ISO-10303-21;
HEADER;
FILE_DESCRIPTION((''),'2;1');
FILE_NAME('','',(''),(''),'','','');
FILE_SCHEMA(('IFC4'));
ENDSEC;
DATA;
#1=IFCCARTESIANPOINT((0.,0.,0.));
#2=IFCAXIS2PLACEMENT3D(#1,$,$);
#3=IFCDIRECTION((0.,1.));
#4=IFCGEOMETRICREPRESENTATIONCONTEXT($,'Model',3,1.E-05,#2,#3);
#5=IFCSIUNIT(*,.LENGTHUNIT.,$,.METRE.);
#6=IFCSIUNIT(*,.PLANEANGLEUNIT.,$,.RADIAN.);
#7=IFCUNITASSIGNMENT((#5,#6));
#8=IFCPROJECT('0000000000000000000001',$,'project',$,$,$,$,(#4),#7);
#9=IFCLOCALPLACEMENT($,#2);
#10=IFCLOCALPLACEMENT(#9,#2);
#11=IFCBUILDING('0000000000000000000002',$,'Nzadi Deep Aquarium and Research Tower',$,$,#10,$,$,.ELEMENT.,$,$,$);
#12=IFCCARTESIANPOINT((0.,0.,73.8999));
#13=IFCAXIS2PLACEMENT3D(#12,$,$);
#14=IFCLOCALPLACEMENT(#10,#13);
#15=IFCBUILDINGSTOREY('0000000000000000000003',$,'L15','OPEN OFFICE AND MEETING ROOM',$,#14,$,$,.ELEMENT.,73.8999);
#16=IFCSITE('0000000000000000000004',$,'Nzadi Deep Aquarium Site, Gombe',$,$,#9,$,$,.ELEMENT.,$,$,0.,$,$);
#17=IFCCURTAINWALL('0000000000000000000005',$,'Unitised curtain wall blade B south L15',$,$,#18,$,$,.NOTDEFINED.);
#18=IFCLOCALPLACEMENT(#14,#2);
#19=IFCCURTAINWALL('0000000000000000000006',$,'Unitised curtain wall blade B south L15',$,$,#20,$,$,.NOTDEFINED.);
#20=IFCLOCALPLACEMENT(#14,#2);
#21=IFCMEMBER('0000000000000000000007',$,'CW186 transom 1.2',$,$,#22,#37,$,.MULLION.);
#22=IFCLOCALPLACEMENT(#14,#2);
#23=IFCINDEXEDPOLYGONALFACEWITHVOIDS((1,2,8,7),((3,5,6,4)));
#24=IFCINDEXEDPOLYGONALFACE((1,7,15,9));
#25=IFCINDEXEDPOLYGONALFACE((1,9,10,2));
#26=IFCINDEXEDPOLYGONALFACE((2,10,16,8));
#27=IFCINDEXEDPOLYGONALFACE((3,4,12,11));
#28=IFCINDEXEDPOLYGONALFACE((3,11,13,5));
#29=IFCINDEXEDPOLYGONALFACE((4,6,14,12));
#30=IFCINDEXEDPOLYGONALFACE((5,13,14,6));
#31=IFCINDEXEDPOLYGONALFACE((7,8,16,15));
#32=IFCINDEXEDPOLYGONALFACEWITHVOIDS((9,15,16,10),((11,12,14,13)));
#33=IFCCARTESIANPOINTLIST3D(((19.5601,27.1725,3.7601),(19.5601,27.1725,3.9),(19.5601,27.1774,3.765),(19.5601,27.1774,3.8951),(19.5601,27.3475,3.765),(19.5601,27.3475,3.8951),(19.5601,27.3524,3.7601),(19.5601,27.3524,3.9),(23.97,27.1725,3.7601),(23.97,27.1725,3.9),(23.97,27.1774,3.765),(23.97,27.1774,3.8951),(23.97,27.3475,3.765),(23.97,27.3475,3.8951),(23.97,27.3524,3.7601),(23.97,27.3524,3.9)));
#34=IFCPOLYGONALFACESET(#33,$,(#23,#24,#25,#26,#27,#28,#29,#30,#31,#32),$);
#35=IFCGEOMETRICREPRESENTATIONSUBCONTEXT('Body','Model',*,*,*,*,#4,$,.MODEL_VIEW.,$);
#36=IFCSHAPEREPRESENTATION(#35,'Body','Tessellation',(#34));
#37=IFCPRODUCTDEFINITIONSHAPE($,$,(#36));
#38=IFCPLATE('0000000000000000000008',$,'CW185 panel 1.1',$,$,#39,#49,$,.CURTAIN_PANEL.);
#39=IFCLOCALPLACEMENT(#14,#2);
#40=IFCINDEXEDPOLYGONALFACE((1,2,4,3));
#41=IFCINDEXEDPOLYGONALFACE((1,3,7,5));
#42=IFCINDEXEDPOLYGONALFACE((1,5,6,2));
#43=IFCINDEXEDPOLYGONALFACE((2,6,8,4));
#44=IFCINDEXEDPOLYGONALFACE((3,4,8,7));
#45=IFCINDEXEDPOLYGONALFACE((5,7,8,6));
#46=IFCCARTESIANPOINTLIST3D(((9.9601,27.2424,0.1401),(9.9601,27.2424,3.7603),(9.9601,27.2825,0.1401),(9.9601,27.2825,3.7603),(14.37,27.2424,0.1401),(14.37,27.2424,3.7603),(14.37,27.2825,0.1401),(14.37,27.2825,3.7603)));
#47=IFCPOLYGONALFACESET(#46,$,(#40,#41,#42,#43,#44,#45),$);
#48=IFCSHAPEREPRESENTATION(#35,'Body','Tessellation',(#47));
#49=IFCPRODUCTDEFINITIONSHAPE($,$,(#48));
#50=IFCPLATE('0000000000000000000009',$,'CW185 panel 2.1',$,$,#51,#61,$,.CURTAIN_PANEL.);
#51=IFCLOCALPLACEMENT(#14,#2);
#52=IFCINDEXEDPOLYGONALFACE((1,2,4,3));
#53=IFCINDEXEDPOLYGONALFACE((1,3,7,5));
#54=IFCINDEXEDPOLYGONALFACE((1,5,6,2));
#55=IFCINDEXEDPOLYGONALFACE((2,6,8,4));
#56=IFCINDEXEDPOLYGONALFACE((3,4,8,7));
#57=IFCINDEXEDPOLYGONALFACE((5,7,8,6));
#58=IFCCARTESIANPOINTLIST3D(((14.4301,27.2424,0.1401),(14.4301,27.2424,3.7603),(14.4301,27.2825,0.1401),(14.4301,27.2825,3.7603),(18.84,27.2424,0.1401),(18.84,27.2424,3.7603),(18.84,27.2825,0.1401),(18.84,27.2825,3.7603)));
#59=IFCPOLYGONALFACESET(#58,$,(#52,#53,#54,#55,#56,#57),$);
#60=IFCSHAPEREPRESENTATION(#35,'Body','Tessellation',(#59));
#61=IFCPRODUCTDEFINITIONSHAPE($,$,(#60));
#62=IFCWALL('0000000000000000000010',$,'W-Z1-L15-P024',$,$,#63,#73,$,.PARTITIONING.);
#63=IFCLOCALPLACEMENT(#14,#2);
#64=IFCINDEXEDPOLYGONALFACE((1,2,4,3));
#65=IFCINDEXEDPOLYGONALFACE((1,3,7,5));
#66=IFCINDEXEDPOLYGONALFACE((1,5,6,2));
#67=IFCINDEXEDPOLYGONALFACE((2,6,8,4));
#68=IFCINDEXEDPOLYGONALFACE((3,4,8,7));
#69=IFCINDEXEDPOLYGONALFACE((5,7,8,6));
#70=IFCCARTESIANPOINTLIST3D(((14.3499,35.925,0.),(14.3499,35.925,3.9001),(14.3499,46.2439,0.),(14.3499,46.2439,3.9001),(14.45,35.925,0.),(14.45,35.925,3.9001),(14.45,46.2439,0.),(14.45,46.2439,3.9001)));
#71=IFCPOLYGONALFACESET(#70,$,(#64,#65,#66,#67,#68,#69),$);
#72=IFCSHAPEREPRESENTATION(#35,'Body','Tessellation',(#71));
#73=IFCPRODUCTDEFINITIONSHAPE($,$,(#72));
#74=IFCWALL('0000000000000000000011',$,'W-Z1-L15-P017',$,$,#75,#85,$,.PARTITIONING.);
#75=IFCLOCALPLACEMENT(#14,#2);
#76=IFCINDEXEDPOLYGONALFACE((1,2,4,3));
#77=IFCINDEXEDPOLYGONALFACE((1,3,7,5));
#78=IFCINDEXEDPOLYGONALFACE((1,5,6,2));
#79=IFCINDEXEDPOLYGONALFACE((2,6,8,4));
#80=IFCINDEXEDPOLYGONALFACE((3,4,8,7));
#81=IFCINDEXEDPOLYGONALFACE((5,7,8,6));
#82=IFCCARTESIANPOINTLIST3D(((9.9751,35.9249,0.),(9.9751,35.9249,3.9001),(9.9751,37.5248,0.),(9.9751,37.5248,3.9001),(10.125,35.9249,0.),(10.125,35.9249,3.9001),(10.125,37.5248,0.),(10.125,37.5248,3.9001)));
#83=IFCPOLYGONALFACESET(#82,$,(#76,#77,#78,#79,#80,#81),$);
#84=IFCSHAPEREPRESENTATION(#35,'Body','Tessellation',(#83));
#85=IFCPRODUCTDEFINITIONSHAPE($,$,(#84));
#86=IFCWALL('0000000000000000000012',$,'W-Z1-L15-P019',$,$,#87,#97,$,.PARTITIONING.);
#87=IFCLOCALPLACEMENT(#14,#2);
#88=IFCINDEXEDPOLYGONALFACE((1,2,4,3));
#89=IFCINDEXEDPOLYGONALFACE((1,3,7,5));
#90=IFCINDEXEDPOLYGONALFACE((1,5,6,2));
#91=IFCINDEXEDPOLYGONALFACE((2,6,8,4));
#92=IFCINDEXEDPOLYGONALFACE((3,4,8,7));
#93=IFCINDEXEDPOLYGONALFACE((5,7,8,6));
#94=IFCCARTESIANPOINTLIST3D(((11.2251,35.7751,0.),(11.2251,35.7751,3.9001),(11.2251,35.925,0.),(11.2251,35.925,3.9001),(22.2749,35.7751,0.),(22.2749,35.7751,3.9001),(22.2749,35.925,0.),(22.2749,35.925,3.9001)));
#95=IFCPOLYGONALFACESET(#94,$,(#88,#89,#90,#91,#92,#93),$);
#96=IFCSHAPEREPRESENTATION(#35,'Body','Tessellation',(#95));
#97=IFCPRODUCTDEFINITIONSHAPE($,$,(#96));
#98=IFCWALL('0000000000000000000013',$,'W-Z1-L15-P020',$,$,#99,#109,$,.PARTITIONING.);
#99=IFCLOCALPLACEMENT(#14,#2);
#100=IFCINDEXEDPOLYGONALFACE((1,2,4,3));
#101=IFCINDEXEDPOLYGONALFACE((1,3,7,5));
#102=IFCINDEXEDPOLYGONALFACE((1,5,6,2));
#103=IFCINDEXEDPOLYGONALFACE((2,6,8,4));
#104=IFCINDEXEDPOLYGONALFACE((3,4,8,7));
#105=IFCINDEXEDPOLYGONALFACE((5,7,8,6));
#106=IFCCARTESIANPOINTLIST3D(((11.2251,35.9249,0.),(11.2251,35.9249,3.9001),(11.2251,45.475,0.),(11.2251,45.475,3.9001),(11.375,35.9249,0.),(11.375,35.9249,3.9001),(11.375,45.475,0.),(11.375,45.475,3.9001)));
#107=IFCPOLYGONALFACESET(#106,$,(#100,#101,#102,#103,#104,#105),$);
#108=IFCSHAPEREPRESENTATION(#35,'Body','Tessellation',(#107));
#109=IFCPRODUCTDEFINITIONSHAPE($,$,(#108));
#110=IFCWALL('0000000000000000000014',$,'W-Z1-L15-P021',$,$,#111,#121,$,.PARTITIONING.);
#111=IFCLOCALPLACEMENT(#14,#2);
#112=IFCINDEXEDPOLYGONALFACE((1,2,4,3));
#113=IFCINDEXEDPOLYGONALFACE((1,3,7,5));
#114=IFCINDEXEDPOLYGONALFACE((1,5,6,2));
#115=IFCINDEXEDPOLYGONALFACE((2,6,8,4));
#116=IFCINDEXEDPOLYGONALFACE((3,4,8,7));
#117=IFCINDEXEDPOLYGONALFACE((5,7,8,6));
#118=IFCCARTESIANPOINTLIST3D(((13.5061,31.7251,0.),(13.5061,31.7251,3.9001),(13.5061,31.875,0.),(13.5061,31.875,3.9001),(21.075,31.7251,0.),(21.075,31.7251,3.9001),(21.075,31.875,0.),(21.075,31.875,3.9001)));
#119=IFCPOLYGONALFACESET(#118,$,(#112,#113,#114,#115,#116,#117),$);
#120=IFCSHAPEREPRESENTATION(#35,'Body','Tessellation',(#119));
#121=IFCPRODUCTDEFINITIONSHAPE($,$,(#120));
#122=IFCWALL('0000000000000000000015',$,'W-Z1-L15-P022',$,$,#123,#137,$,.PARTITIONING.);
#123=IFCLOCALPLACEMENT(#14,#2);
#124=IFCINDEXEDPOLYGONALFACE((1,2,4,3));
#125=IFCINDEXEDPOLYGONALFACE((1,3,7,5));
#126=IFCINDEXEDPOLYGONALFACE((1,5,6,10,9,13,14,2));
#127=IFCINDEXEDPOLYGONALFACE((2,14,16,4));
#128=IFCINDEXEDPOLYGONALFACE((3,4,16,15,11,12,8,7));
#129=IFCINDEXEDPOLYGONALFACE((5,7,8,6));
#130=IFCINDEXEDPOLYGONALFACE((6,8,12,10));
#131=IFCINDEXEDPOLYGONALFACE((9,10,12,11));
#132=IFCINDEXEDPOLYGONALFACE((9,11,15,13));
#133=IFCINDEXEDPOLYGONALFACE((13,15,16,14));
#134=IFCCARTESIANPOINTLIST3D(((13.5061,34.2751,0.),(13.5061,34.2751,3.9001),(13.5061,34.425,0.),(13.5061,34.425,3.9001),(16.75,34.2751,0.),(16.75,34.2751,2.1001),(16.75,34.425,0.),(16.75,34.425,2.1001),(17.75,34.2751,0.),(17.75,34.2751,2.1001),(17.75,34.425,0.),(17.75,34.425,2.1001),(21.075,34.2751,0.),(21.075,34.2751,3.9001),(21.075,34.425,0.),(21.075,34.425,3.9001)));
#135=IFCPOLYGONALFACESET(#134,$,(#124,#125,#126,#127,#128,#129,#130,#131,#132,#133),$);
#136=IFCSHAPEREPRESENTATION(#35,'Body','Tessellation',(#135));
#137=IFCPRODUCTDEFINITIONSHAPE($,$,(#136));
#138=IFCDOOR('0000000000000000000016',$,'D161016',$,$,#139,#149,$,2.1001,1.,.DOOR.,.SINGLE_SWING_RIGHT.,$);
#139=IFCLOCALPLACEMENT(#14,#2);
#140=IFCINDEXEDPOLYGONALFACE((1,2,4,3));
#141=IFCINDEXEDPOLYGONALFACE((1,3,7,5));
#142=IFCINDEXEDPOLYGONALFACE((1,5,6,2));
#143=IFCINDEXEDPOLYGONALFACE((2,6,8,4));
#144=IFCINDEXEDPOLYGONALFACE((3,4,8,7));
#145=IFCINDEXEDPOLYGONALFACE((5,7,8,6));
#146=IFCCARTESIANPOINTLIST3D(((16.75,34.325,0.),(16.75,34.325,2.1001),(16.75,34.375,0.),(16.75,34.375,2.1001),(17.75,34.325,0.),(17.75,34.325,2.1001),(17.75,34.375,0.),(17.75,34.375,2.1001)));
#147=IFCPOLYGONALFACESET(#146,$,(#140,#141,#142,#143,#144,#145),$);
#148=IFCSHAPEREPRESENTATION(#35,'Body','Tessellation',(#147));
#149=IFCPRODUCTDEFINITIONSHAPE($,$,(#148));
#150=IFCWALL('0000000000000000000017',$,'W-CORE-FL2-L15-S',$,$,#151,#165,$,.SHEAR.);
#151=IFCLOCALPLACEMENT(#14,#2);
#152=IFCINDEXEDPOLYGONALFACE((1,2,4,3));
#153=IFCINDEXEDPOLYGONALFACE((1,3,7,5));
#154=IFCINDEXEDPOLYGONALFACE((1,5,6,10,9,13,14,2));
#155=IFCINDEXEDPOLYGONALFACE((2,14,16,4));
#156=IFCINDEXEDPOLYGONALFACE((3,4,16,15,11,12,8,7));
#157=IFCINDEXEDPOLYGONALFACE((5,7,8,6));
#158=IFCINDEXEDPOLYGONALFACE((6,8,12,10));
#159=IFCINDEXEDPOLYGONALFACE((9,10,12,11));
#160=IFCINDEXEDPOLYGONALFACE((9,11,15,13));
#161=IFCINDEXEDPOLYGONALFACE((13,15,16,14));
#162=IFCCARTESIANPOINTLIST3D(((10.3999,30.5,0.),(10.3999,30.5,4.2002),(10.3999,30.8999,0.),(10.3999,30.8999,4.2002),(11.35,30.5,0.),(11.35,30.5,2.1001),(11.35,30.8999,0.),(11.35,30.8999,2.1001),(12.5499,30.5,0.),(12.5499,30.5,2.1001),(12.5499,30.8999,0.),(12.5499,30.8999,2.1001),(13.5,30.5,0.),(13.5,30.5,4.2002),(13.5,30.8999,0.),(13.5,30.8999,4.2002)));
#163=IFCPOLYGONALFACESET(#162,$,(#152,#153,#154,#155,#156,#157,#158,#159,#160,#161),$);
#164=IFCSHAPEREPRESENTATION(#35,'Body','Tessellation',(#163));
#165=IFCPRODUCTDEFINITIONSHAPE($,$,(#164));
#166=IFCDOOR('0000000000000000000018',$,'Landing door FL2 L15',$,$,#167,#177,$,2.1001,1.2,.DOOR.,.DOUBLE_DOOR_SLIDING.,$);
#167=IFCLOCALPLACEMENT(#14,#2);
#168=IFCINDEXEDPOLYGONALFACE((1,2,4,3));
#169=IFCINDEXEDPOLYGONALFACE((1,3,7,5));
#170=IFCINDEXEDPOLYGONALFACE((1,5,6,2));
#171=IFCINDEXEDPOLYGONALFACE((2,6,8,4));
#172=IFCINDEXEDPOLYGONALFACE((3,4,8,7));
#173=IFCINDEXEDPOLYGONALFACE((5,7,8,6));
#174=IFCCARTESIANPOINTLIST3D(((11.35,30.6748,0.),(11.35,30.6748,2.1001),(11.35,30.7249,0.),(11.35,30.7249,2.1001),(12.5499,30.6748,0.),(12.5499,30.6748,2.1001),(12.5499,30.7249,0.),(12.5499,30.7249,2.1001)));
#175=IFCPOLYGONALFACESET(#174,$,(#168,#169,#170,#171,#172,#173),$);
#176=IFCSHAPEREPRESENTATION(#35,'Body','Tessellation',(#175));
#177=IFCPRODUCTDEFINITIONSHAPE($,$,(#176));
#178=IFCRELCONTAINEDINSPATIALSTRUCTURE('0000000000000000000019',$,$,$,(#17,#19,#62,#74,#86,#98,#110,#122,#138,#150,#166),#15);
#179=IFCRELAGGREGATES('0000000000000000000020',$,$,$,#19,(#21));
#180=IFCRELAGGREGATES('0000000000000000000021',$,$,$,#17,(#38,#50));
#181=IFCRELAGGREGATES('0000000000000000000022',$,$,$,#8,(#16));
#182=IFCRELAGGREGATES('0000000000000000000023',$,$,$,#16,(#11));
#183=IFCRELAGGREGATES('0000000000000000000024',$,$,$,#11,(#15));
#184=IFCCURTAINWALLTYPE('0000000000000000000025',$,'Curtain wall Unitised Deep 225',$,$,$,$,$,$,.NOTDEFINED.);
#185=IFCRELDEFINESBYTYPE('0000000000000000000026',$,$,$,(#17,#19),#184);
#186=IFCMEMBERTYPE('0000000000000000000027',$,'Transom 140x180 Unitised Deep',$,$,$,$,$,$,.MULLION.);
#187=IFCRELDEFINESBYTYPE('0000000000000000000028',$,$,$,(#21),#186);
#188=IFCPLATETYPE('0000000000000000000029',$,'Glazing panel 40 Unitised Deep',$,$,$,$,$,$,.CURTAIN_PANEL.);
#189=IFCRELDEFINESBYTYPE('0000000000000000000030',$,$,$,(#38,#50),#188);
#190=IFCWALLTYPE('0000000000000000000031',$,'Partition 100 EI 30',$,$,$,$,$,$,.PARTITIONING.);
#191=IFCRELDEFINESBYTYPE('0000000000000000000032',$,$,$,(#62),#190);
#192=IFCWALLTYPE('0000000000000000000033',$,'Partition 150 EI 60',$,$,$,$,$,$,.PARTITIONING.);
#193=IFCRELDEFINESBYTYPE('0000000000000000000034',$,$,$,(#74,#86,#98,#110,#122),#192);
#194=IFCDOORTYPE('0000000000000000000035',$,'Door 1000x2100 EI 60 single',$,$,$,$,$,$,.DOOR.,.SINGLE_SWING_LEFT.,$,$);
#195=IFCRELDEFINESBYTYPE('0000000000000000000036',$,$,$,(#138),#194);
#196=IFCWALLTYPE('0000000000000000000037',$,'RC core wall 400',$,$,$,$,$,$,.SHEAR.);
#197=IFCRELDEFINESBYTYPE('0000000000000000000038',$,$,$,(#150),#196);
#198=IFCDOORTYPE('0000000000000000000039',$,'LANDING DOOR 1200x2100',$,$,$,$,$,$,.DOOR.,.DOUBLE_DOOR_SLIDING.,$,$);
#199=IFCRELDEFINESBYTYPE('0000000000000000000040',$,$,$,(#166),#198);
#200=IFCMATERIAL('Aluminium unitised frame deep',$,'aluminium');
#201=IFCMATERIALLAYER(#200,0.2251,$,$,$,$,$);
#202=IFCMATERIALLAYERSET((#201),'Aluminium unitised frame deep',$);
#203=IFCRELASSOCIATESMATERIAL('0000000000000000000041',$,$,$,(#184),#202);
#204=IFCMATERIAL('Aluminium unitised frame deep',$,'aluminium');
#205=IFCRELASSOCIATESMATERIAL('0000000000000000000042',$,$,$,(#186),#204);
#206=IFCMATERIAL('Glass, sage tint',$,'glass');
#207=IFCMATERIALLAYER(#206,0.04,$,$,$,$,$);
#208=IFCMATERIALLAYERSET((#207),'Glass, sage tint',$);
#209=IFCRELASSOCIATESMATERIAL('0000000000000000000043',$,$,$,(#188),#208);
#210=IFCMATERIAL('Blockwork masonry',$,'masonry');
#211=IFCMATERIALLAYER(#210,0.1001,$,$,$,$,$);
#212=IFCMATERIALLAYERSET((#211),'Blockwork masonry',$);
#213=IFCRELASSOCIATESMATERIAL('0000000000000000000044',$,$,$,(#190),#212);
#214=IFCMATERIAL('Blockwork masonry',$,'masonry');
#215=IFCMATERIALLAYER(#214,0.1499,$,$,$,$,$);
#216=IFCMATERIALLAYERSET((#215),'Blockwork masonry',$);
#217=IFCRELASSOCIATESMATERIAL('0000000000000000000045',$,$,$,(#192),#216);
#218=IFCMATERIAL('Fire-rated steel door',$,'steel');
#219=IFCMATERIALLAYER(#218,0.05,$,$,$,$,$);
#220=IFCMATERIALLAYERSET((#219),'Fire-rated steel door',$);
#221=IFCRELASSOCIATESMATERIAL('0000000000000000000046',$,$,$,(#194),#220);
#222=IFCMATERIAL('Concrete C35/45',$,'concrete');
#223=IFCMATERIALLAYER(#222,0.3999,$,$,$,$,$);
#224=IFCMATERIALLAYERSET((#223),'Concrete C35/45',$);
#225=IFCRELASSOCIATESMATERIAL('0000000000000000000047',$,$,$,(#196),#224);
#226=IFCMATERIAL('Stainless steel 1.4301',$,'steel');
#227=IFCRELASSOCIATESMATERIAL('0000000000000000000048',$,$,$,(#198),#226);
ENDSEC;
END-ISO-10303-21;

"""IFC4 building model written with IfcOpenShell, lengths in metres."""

from ifc_helpers import new_model, si_unit, direction, frame, frame_2d, origin, origin_2d, place, context, subcontext, project, spatial, rectangle, hollow_rectangle, extrude, material, layer, layer_set, material_profile, profile_set, type_object, element, fill, aggregate, save


model = new_model("IFC4")

# Units and contexts
model_context = context("Model", 3, precision=1e-05, world=origin(), true_north=direction((0.0, 1.0)))
body_context = subcontext(model_context, "Body", "Model", "MODEL_VIEW")
ifc_project = project(units=[si_unit("LENGTHUNIT", "METRE"), si_unit("PLANEANGLEUNIT", "RADIAN")], contexts=[model_context])

# Site, building, storey
site_placement = place(None, origin())
site = spatial("IfcSite", under=ifc_project, at=site_placement, Name="Nzadi Deep Aquarium Site, Gombe", CompositionType="ELEMENT", RefElevation=0.0)
building_placement = place(site_placement, origin())
building = spatial("IfcBuilding", under=site, at=building_placement, Name="Nzadi Deep Aquarium and Research Tower", CompositionType="ELEMENT")
storey_placement = place(building_placement, frame((0.0, 0.0, 73.8999)))
storey = spatial("IfcBuildingStorey", under=building, at=storey_placement, Name="L15", Description="OPEN OFFICE AND MEETING ROOM", CompositionType="ELEMENT", Elevation=73.8999)

# Curtain wall
ifc_material_1 = material(Name="Aluminium unitised frame deep", Category="aluminium")
ifc_layer_1 = layer(ifc_material_1, 0.2251)
ifc_layer_set_1 = layer_set([ifc_layer_1], Name="Aluminium unitised frame deep")
curtain_wall_type = type_object("IfcCurtainWallType", Name="Curtain wall Unitised Deep 225", PredefinedType="NOTDEFINED", material=ifc_layer_set_1)
curtain_wall_1_placement = place(storey_placement, origin())
curtain_wall_1 = element("IfcCurtainWall", 1, at=curtain_wall_1_placement, inside=storey, type_object=curtain_wall_type, Name="Unitised curtain wall blade B south L15", PredefinedType="NOTDEFINED")

# Curtain wall
curtain_wall_2_placement = place(storey_placement, origin())
curtain_wall_2 = element("IfcCurtainWall", 2, at=curtain_wall_2_placement, inside=storey, type_object=curtain_wall_type, Name="Unitised curtain wall blade B south L15", PredefinedType="NOTDEFINED")

# Member
ifc_material_2 = material(Name="Aluminium unitised frame deep", Category="aluminium")
ifc_material_profile_1 = material_profile(ifc_material_2, hollow_rectangle(XDim=0.1799, YDim=0.1399, WallThickness=0.0049, at=origin_2d()))
ifc_profile_set_1 = profile_set([ifc_material_profile_1], Name="Aluminium unitised frame deep")
member_type_1 = type_object("IfcMemberType", Name="Transom 140x180 Unitised Deep", PredefinedType="MULLION", material=ifc_profile_set_1)
member_1_placement = place(storey_placement, frame((19.5601, 27.2625, 3.8301), z_axis=(1.0, 0.0, 0.0), x_axis=(0.0, 1.0, 0.0)))
member_1 = element("IfcMember", 3, at=member_1_placement, type_object=member_type_1, Name="CW186 transom 1.2", PredefinedType="MULLION", context=body_context, shape_type="SweptSolid", body=[
    extrude(hollow_rectangle(XDim=0.1799, YDim=0.1399, WallThickness=0.0049, at=origin_2d()), origin(), (0.0, 0.0, 1.0), 4.4099),
])
aggregate(curtain_wall_2, [member_1])

# Plates
ifc_material_3 = material(Name="Glass, sage tint", Category="glass")
ifc_layer_2 = layer(ifc_material_3, 0.04)
ifc_layer_set_2 = layer_set([ifc_layer_2], Name="Glass, sage tint")
plate_type = type_object("IfcPlateType", Name="Glazing panel 40 Unitised Deep", PredefinedType="CURTAIN_PANEL", material=ifc_layer_set_2)
plate_1_placement = place(storey_placement, frame((12.165, 27.2625, 0.1401), z_axis=(0.0, 0.0, 1.0), x_axis=(1.0, 0.0, 0.0)))
plate_1 = element("IfcPlate", 4, at=plate_1_placement, type_object=plate_type, Name="CW185 panel 1.1", PredefinedType="CURTAIN_PANEL", context=body_context, shape_type="SweptSolid", body=[
    extrude(rectangle(XDim=4.4099, YDim=0.04, at=origin_2d()), origin(), (0.0, 0.0, 1.0), 3.6201),
])
plate_2_placement = place(storey_placement, frame((16.635, 27.2625, 0.1401), z_axis=(0.0, 0.0, 1.0), x_axis=(1.0, 0.0, 0.0)))
plate_2 = element("IfcPlate", 5, at=plate_2_placement, type_object=plate_type, Name="CW185 panel 2.1", PredefinedType="CURTAIN_PANEL", context=body_context, shape_type="SweptSolid", body=[
    extrude(rectangle(XDim=4.4099, YDim=0.04, at=origin_2d()), origin(), (0.0, 0.0, 1.0), 3.6201),
])
aggregate(curtain_wall_1, [plate_1, plate_2])

# Walls
ifc_material_4 = material(Name="Blockwork masonry", Category="masonry")
ifc_layer_3 = layer(ifc_material_4, 0.1001)
ifc_layer_set_3 = layer_set([ifc_layer_3], Name="Blockwork masonry")
wall_type_1 = type_object("IfcWallType", Name="Partition 100 EI 30", PredefinedType="PARTITIONING", material=ifc_layer_set_3)
wall_1_placement = place(storey_placement, frame((14.3999, 35.925, 0.0), z_axis=(0.0, 0.0, 1.0), x_axis=(0.0, 1.0, 0.0)))
element("IfcWall", 6, at=wall_1_placement, inside=storey, type_object=wall_type_1, Name="W-Z1-L15-P024", PredefinedType="PARTITIONING", context=body_context, shape_type="SweptSolid", body=[
    extrude(rectangle(XDim=10.3188, YDim=0.1001, at=frame_2d((5.1594, 0.0))), origin(), (0.0, 0.0, 1.0), 3.9001),
])
ifc_material_5 = material(Name="Blockwork masonry", Category="masonry")
ifc_layer_4 = layer(ifc_material_5, 0.1499)
ifc_layer_set_4 = layer_set([ifc_layer_4], Name="Blockwork masonry")
wall_type_2 = type_object("IfcWallType", Name="Partition 150 EI 60", PredefinedType="PARTITIONING", material=ifc_layer_set_4)
wall_2_placement = place(storey_placement, frame((10.05, 35.925, 0.0), z_axis=(0.0, 0.0, 1.0), x_axis=(0.0, 1.0, 0.0)))
element("IfcWall", 7, at=wall_2_placement, inside=storey, type_object=wall_type_2, Name="W-Z1-L15-P017", PredefinedType="PARTITIONING", context=body_context, shape_type="SweptSolid", body=[
    extrude(rectangle(XDim=1.5999, YDim=0.1499, at=frame_2d((0.7998, 0.0))), origin(), (0.0, 0.0, 1.0), 3.9001),
])
wall_3_placement = place(storey_placement, frame((11.2251, 35.8501, 0.0), z_axis=(0.0, 0.0, 1.0), x_axis=(1.0, 0.0, 0.0)))
element("IfcWall", 8, at=wall_3_placement, inside=storey, type_object=wall_type_2, Name="W-Z1-L15-P019", PredefinedType="PARTITIONING", context=body_context, shape_type="SweptSolid", body=[
    extrude(rectangle(XDim=11.0498, YDim=0.1499, at=frame_2d((5.5249, 0.0))), origin(), (0.0, 0.0, 1.0), 3.9001),
])
wall_4_placement = place(storey_placement, frame((11.3, 35.925, 0.0), z_axis=(0.0, 0.0, 1.0), x_axis=(0.0, 1.0, 0.0)))
element("IfcWall", 9, at=wall_4_placement, inside=storey, type_object=wall_type_2, Name="W-Z1-L15-P020", PredefinedType="PARTITIONING", context=body_context, shape_type="SweptSolid", body=[
    extrude(rectangle(XDim=9.55, YDim=0.1499, at=frame_2d((4.7749, 0.0))), origin(), (0.0, 0.0, 1.0), 3.9001),
])
wall_5_placement = place(storey_placement, frame((13.5061, 31.8, 0.0), z_axis=(0.0, 0.0, 1.0), x_axis=(1.0, 0.0, 0.0)))
element("IfcWall", 10, at=wall_5_placement, inside=storey, type_object=wall_type_2, Name="W-Z1-L15-P021", PredefinedType="PARTITIONING", context=body_context, shape_type="SweptSolid", body=[
    extrude(rectangle(XDim=7.5688, YDim=0.1499, at=frame_2d((3.7844, 0.0))), origin(), (0.0, 0.0, 1.0), 3.9001),
])

# Walls, openings, doors
wall_6_placement = place(storey_placement, frame((13.5061, 34.3501, 0.0), z_axis=(0.0, 0.0, 1.0), x_axis=(1.0, 0.0, 0.0)))
wall_6 = element("IfcWall", 11, at=wall_6_placement, inside=storey, type_object=wall_type_2, Name="W-Z1-L15-P022", PredefinedType="PARTITIONING", context=body_context, shape_type="SweptSolid", body=[
    extrude(rectangle(XDim=7.5688, YDim=0.1499, at=frame_2d((3.7844, 0.0))), origin(), (0.0, 0.0, 1.0), 3.9001),
])
opening_1_placement = place(wall_6_placement, frame((3.2439, 0.0, 0.0)))
opening_1 = element("IfcOpeningElement", 12, at=opening_1_placement, cuts=wall_6, PredefinedType="OPENING", context=body_context, shape_type="SweptSolid", body=[
    extrude(rectangle(XDim=1.0, YDim=2.1001, at=frame_2d((0.5, 1.05))), frame((0.0, 0.085, 0.0), z_axis=(0.0, -1.0, 0.0), x_axis=(1.0, 0.0, 0.0)), (0.0, 0.0, 1.0), 0.1699),
])
ifc_material_6 = material(Name="Fire-rated steel door", Category="steel")
ifc_layer_5 = layer(ifc_material_6, 0.05)
ifc_layer_set_5 = layer_set([ifc_layer_5], Name="Fire-rated steel door")
door_type_1 = type_object("IfcDoorType", Name="Door 1000x2100 EI 60 single", OperationType="SINGLE_SWING_LEFT", PredefinedType="DOOR", material=ifc_layer_set_5)
door_1_placement = place(opening_1_placement, origin())
door_1 = element("IfcDoor", 13, at=door_1_placement, inside=storey, type_object=door_type_1, Name="D161016", OperationType="SINGLE_SWING_RIGHT", OverallHeight=2.1001, OverallWidth=1.0, PredefinedType="DOOR", context=body_context, shape_type="SweptSolid", body=[
    extrude(rectangle(XDim=1.0, YDim=2.1001, at=frame_2d((0.5, 1.05))), frame((0.0, 0.0249, 0.0), z_axis=(0.0, -1.0, 0.0), x_axis=(1.0, 0.0, 0.0)), (0.0, 0.0, 1.0), 0.05),
])
fill(opening_1, door_1)
ifc_material_7 = material(Name="Concrete C35/45", Category="concrete")
ifc_layer_6 = layer(ifc_material_7, 0.3999)
ifc_layer_set_6 = layer_set([ifc_layer_6], Name="Concrete C35/45")
wall_type_3 = type_object("IfcWallType", Name="RC core wall 400", PredefinedType="SHEAR", material=ifc_layer_set_6)
wall_7_placement = place(storey_placement, frame((10.3999, 30.7, 0.0), z_axis=(0.0, 0.0, 1.0), x_axis=(1.0, 0.0, 0.0)))
wall_7 = element("IfcWall", 14, at=wall_7_placement, inside=storey, type_object=wall_type_3, Name="W-CORE-FL2-L15-S", PredefinedType="SHEAR", context=body_context, shape_type="SweptSolid", body=[
    extrude(rectangle(XDim=3.1001, YDim=0.3999, at=frame_2d((1.55, 0.0))), origin(), (0.0, 0.0, 1.0), 4.2002),
])
opening_2_placement = place(wall_7_placement, frame((0.95, 0.0, 0.0)))
opening_2 = element("IfcOpeningElement", 15, at=opening_2_placement, cuts=wall_7, PredefinedType="OPENING", context=body_context, shape_type="SweptSolid", body=[
    extrude(rectangle(XDim=1.2, YDim=2.1001, at=frame_2d((0.6001, 1.05))), frame((0.0, 0.21, 0.0), z_axis=(0.0, -1.0, 0.0), x_axis=(1.0, 0.0, 0.0)), (0.0, 0.0, 1.0), 0.4199),
])
ifc_material_8 = material(Name="Stainless steel 1.4301", Category="steel")
door_type_2 = type_object("IfcDoorType", Name="LANDING DOOR 1200x2100", OperationType="DOUBLE_DOOR_SLIDING", PredefinedType="DOOR", material=ifc_material_8)
door_2_placement = place(opening_2_placement, origin())
door_2 = element("IfcDoor", 16, at=door_2_placement, inside=storey, type_object=door_type_2, Name="Landing door FL2 L15", OperationType="DOUBLE_DOOR_SLIDING", OverallHeight=2.1001, OverallWidth=1.2, PredefinedType="DOOR", context=body_context, shape_type="SweptSolid", body=[
    extrude(rectangle(XDim=1.2, YDim=2.1001, at=frame_2d((0.6001, 1.05))), frame((0.0, 0.0249, 0.0), z_axis=(0.0, -1.0, 0.0), x_axis=(1.0, 0.0, 0.0)), (0.0, 0.0, 1.0), 0.05),
])
fill(opening_2, door_2)

save(model, "model.ifc")
